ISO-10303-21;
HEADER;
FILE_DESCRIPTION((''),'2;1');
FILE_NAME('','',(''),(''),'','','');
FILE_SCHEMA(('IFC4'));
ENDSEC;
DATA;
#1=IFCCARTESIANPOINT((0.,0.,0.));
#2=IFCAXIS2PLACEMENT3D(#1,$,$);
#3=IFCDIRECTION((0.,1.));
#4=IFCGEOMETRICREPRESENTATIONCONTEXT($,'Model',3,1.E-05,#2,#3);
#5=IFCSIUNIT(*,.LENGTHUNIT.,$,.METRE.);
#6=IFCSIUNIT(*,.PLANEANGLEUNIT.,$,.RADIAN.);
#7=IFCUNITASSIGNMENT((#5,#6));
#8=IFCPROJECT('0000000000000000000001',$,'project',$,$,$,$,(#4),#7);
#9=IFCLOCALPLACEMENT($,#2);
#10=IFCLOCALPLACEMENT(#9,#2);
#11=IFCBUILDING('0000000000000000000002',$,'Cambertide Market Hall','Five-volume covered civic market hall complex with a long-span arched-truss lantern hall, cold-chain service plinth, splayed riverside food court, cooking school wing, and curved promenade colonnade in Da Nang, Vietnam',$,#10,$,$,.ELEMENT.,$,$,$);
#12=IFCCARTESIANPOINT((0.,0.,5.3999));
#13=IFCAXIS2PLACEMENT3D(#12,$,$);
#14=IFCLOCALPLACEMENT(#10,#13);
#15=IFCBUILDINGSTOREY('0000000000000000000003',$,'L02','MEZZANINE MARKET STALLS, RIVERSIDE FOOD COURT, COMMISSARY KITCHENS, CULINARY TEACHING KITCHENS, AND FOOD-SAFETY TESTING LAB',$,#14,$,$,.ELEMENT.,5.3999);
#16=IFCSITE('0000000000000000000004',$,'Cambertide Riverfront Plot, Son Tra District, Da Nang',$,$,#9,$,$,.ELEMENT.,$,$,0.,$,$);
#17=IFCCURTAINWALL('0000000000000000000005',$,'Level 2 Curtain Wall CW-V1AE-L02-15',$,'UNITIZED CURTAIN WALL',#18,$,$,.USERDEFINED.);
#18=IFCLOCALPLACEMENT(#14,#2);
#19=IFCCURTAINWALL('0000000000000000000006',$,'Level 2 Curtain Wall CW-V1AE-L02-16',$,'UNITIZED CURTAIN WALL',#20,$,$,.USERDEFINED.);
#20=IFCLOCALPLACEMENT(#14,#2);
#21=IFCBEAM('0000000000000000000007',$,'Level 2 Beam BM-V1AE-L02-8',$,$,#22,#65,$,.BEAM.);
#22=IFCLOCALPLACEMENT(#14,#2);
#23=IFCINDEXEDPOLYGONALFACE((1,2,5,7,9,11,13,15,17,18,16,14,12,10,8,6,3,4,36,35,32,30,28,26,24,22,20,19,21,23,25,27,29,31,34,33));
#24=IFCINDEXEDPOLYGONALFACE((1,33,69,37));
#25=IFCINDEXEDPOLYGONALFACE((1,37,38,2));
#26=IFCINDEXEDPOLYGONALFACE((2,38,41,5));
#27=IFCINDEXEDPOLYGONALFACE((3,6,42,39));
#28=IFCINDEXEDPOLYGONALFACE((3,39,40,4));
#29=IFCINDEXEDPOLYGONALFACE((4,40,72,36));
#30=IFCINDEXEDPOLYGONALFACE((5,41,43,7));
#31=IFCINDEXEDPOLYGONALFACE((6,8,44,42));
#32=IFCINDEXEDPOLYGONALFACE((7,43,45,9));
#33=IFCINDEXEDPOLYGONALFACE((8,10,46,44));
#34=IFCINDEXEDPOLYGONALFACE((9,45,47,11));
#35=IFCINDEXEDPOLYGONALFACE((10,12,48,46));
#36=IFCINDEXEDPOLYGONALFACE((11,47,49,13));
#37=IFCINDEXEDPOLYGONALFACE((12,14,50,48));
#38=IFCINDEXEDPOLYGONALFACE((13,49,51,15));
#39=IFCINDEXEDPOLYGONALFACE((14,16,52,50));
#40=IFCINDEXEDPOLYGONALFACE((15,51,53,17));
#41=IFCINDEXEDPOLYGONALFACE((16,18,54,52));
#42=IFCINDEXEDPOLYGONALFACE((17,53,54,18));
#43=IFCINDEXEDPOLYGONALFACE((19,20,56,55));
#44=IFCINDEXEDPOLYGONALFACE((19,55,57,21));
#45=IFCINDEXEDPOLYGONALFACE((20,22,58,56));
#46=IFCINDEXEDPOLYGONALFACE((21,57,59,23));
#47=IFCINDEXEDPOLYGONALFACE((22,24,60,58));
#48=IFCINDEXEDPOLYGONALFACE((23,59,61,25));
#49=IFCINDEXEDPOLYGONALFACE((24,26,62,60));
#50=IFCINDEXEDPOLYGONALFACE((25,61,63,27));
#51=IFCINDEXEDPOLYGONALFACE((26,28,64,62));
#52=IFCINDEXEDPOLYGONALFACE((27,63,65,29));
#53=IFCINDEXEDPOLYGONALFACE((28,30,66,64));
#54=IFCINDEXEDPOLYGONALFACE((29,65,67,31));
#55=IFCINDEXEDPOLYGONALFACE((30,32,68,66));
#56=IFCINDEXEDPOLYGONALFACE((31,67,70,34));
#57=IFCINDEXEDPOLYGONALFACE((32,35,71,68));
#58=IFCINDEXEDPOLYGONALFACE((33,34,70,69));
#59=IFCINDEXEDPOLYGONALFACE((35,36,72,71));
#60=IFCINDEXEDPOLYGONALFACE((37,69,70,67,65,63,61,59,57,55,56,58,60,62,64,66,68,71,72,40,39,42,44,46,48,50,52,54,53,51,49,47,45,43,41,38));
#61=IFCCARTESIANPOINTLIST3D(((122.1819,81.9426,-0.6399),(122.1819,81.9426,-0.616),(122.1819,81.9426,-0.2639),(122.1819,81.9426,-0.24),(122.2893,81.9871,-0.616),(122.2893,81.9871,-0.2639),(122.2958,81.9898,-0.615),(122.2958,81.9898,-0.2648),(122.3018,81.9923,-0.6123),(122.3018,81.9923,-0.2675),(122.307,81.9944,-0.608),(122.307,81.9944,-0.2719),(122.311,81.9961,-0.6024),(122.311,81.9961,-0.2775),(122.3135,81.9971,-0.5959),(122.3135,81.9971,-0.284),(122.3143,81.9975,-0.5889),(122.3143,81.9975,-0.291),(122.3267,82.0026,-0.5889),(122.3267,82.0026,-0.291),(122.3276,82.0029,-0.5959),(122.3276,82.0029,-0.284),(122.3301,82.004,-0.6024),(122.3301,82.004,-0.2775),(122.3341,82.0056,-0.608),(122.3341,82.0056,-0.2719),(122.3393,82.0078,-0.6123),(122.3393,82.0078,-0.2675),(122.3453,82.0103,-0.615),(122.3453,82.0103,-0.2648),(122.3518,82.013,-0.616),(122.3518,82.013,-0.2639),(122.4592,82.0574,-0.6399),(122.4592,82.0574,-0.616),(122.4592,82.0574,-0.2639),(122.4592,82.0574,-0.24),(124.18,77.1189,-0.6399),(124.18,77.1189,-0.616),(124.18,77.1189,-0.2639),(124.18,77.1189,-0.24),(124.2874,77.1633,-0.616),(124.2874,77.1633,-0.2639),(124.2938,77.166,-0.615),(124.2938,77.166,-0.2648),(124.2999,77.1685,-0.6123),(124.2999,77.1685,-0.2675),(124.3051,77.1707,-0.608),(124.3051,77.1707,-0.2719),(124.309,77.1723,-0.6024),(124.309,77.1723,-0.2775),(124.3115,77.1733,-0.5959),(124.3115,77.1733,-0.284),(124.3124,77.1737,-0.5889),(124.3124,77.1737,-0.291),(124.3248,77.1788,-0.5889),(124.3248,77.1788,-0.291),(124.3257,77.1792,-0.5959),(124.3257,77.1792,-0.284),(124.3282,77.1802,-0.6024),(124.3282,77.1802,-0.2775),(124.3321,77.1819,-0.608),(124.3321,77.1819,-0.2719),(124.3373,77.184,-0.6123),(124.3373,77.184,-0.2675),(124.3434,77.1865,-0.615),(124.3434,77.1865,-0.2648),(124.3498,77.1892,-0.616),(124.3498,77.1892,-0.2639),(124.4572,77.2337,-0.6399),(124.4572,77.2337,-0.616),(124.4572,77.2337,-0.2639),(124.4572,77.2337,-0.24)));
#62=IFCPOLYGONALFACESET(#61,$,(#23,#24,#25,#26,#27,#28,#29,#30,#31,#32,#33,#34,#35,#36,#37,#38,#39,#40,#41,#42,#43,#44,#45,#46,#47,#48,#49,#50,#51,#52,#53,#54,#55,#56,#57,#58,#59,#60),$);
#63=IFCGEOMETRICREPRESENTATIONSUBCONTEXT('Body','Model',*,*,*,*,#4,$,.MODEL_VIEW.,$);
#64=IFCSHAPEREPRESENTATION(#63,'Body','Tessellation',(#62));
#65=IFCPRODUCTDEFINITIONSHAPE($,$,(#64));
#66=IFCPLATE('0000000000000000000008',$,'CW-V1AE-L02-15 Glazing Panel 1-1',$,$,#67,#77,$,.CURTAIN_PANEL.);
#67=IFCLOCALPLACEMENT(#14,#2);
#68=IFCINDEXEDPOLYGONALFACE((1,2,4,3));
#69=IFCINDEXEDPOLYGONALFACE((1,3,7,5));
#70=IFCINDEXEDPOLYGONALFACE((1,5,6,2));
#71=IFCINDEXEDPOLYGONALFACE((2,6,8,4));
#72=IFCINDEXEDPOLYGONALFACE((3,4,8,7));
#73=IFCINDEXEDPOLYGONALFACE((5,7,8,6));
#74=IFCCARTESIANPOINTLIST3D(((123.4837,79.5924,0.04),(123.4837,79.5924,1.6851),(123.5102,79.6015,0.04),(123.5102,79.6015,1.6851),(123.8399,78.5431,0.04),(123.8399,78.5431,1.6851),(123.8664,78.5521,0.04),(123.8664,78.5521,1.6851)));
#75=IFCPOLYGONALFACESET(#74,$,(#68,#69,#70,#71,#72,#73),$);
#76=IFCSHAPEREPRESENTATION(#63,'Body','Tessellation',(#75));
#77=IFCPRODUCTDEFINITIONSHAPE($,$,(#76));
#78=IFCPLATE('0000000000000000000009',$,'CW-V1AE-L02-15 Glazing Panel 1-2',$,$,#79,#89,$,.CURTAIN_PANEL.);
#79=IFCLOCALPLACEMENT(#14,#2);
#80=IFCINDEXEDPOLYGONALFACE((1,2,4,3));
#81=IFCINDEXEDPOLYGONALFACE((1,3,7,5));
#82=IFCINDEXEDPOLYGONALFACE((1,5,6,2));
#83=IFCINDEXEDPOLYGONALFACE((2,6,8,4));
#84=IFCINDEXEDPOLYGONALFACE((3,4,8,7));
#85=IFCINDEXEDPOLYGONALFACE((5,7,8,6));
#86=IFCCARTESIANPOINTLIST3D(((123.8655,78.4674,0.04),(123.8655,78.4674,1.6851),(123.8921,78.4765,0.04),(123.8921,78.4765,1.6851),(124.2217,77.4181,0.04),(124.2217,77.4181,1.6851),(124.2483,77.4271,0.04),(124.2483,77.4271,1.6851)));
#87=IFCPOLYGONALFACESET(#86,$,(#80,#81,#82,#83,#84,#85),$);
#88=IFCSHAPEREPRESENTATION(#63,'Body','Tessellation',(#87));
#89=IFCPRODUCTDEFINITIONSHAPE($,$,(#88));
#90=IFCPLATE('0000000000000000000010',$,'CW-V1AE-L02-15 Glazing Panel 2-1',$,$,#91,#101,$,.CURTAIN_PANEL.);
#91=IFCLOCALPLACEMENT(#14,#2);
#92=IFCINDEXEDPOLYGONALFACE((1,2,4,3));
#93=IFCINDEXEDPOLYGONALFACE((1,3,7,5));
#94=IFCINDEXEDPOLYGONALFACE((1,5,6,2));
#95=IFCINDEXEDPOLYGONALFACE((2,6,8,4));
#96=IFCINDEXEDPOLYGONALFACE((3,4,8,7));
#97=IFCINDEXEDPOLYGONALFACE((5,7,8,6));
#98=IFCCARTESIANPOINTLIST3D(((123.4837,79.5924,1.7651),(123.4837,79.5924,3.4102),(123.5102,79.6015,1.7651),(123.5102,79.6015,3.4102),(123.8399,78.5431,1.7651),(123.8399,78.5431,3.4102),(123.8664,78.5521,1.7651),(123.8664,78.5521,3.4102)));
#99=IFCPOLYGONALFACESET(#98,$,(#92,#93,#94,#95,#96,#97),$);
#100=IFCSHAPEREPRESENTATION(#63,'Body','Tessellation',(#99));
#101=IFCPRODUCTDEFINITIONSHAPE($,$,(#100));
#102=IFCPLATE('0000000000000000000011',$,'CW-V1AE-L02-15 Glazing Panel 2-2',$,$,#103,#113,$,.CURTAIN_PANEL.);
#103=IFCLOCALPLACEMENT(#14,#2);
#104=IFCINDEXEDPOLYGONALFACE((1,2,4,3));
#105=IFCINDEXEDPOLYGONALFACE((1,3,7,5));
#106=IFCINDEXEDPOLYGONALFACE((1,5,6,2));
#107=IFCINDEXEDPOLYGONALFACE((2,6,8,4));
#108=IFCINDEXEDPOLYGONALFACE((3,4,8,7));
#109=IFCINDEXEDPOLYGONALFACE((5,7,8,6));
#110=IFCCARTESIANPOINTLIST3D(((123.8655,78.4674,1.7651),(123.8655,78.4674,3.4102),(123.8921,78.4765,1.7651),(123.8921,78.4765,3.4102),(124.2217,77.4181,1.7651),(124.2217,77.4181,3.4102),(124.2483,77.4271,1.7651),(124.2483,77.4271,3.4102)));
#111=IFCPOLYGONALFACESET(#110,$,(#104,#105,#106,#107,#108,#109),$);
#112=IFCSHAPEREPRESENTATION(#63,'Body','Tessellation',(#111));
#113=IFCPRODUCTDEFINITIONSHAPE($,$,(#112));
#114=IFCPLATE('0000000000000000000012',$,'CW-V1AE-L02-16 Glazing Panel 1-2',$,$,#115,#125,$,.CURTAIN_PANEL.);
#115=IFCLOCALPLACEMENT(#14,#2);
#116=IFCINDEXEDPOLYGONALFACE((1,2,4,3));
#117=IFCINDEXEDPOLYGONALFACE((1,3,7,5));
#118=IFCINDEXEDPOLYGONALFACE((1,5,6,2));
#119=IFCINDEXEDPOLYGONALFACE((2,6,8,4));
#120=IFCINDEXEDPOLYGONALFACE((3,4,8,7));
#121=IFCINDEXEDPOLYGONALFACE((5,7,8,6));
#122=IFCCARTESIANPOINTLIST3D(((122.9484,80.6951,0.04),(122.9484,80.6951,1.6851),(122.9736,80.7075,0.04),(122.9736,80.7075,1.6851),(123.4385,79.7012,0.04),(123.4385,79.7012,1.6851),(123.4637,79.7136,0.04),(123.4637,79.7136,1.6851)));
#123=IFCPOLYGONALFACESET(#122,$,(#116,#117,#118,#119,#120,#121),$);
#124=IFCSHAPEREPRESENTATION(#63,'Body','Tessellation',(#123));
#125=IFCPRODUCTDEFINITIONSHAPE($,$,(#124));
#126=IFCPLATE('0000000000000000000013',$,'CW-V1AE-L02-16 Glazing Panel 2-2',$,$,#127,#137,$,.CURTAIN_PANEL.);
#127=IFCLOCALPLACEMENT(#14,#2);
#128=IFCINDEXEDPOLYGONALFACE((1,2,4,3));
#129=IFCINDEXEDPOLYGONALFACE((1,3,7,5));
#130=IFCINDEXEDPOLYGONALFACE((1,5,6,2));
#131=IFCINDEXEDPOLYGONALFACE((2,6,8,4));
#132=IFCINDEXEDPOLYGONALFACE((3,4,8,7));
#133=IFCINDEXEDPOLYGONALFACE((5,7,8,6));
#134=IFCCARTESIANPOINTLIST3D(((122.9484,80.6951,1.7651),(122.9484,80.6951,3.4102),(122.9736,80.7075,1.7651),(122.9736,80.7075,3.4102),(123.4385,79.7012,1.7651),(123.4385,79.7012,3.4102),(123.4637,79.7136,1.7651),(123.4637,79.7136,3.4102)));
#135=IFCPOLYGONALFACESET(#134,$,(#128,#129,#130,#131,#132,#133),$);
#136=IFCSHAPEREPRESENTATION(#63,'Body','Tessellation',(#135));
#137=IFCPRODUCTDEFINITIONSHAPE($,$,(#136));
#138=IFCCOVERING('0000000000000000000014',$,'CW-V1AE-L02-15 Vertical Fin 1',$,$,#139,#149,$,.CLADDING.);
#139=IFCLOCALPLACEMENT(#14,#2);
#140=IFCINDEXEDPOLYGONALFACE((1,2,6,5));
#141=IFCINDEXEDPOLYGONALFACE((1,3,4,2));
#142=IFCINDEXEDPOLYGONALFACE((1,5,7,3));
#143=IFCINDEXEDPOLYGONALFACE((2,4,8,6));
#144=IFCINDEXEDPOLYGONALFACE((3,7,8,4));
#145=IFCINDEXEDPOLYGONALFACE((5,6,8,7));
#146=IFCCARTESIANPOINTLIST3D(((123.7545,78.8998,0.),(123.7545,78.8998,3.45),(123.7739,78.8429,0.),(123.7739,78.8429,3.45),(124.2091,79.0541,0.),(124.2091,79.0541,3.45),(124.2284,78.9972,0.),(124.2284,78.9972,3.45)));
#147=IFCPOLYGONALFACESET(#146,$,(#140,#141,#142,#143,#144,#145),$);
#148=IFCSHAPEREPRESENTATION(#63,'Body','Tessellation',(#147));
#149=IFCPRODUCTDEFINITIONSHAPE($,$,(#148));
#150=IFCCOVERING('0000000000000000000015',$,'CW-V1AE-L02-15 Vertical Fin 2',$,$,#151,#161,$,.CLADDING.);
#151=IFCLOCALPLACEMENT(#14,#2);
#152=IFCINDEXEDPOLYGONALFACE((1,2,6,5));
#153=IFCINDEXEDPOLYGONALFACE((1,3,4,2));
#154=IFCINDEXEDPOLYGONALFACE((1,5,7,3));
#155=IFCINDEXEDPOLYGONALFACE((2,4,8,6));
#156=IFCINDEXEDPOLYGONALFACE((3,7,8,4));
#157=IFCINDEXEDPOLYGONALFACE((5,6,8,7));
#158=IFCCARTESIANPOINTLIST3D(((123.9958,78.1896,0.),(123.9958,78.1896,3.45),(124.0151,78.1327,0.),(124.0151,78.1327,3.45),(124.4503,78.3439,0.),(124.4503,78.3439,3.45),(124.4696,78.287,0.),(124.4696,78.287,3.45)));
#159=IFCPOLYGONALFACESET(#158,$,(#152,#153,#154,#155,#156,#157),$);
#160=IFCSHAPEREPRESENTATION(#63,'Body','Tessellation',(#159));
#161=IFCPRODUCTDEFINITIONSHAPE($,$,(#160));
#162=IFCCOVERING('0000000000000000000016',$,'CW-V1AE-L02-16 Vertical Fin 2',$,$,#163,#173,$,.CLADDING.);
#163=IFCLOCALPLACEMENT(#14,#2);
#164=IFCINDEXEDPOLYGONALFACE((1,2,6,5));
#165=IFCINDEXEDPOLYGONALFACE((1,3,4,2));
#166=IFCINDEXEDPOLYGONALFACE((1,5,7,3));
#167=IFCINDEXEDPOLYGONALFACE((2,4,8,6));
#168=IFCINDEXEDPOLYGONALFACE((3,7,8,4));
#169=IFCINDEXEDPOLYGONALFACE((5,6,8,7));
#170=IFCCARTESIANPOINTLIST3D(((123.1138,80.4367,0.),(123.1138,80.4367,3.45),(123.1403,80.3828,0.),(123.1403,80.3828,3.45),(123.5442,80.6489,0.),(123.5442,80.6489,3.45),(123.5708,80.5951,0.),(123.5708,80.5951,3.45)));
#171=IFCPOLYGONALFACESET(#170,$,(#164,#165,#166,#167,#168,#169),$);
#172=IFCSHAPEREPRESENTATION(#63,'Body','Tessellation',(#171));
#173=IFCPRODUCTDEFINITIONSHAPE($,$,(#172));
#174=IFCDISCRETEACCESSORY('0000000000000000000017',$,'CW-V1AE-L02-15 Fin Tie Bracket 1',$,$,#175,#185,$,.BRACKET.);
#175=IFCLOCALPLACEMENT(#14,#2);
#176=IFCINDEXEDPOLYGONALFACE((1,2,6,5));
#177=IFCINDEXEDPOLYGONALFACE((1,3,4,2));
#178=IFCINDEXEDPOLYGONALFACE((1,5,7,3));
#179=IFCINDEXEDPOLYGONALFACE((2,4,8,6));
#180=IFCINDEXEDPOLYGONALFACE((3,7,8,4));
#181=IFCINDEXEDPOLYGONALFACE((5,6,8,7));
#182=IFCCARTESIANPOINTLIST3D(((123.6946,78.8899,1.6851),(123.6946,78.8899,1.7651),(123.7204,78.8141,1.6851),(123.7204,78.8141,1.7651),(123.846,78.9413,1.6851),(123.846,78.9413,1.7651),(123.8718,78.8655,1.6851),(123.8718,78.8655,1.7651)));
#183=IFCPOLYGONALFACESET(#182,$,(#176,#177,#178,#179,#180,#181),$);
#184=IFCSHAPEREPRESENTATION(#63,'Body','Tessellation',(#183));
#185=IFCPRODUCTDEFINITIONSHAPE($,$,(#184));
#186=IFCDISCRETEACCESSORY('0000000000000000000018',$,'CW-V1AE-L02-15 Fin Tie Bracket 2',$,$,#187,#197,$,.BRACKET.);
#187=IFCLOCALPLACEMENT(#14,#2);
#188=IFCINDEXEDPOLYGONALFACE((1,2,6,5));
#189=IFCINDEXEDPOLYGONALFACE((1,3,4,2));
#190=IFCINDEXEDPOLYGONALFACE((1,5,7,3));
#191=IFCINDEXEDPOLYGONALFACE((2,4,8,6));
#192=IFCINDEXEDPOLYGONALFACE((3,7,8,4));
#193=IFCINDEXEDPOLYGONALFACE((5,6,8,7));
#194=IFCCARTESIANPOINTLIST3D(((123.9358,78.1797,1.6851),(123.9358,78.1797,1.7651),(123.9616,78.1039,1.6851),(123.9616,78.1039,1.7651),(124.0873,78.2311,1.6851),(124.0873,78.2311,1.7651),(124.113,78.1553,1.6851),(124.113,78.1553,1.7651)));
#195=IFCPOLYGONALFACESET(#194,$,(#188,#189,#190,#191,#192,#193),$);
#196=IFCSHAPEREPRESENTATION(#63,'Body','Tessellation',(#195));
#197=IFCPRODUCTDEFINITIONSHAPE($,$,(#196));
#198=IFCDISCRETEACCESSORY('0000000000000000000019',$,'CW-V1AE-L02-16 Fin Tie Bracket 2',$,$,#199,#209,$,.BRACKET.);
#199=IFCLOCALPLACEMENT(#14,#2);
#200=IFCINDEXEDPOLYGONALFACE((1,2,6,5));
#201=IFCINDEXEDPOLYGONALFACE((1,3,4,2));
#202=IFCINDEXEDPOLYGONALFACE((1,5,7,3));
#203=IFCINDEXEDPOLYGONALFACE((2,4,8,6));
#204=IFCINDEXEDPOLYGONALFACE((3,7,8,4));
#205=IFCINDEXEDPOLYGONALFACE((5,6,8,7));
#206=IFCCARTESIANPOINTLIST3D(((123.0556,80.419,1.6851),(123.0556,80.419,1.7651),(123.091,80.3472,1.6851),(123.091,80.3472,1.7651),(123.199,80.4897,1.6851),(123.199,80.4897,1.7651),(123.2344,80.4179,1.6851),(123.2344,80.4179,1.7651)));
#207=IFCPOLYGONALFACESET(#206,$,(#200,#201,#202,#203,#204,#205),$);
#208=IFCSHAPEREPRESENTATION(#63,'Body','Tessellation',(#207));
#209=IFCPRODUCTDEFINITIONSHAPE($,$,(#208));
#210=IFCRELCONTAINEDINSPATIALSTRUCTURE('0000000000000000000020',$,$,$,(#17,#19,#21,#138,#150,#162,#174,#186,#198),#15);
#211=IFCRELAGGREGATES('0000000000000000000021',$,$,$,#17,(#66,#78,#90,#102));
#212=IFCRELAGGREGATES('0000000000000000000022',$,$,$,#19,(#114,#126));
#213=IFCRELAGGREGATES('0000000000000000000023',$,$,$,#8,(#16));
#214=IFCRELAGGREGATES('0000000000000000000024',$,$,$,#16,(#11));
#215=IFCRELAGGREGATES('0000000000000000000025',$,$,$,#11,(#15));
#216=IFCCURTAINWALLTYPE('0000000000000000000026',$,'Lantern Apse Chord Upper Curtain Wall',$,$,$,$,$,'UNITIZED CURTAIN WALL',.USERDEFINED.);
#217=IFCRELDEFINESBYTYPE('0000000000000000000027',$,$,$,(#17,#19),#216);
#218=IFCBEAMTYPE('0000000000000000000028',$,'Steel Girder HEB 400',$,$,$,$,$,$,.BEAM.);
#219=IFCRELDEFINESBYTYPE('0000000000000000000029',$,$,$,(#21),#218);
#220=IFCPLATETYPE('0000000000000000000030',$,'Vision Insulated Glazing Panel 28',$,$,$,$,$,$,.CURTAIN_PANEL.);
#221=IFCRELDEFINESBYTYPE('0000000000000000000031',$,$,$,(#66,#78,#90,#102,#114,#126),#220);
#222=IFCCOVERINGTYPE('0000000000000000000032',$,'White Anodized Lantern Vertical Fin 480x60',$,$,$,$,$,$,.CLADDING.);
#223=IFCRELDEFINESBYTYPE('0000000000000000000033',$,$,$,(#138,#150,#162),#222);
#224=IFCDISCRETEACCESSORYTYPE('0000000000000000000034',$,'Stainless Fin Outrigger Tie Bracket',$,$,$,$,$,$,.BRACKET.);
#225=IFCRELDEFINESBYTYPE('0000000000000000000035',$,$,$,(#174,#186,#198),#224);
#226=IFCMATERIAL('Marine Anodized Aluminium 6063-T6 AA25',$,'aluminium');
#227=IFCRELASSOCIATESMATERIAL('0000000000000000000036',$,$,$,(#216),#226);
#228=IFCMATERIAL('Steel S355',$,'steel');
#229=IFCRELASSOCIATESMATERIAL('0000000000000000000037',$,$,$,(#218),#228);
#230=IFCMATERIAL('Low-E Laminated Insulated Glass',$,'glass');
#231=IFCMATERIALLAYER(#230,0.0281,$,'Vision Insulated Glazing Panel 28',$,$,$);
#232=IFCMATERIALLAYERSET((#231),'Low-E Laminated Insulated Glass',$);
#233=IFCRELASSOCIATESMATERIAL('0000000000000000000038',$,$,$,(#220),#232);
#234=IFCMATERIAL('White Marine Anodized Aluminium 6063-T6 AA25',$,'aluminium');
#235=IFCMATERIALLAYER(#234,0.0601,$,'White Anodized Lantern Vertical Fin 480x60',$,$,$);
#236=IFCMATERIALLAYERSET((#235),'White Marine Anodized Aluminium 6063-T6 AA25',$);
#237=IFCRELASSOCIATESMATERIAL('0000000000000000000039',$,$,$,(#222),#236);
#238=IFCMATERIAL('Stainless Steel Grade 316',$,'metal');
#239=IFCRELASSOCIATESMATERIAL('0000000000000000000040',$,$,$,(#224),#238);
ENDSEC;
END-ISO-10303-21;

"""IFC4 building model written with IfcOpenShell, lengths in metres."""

from ifc_helpers import new_model, si_unit, direction, frame, origin, origin_2d, place, context, subcontext, project, spatial, rectangle, i_section, extrude, material, layer, layer_set, material_profile, profile_set, type_object, element, aggregate, save


model = new_model("IFC4")

# Units and contexts
model_context = context("Model", 3, precision=1e-05, world=origin(), true_north=direction((0.0, 1.0)))
body_context = subcontext(model_context, "Body", "Model", "MODEL_VIEW")
ifc_project = project(units=[si_unit("LENGTHUNIT", "METRE"), si_unit("PLANEANGLEUNIT", "RADIAN")], contexts=[model_context])

# Site, building, storey
site_placement = place(None, origin())
site = spatial("IfcSite", under=ifc_project, at=site_placement, Name="Cambertide Riverfront Plot, Son Tra District, Da Nang", CompositionType="ELEMENT", RefElevation=0.0)
building_placement = place(site_placement, origin())
building = spatial("IfcBuilding", under=site, at=building_placement, Name="Cambertide Market Hall", Description="Five-volume covered civic market hall complex with a long-span arched-truss lantern hall, cold-chain service plinth, splayed riverside food court, cooking school wing, and curved promenade colonnade in Da Nang, Vietnam", CompositionType="ELEMENT")
storey_placement = place(building_placement, frame((0.0, 0.0, 5.3999)))
storey = spatial("IfcBuildingStorey", under=building, at=storey_placement, Name="L02", Description="MEZZANINE MARKET STALLS, RIVERSIDE FOOD COURT, COMMISSARY KITCHENS, CULINARY TEACHING KITCHENS, AND FOOD-SAFETY TESTING LAB", CompositionType="ELEMENT", Elevation=5.3999)

# Shared definitions
ifc_material_1 = material(Name="Marine Anodized Aluminium 6063-T6 AA25", Category="aluminium")
curtain_wall_type = type_object("IfcCurtainWallType", Name="Lantern Apse Chord Upper Curtain Wall", ElementType="UNITIZED CURTAIN WALL", PredefinedType="USERDEFINED", material=ifc_material_1)

# Curtain wall
curtain_wall_1_placement = place(storey_placement, origin())
curtain_wall_1 = element("IfcCurtainWall", 1, at=curtain_wall_1_placement, inside=storey, type_object=curtain_wall_type, Name="Level 2 Curtain Wall CW-V1AE-L02-15", ObjectType="UNITIZED CURTAIN WALL", PredefinedType="USERDEFINED")

# Curtain wall
curtain_wall_2_placement = place(storey_placement, origin())
curtain_wall_2 = element("IfcCurtainWall", 2, at=curtain_wall_2_placement, inside=storey, type_object=curtain_wall_type, Name="Level 2 Curtain Wall CW-V1AE-L02-16", ObjectType="UNITIZED CURTAIN WALL", PredefinedType="USERDEFINED")

# Beam
ifc_material_2 = material(Name="Steel S355", Category="steel")
ifc_material_profile_1 = material_profile(ifc_material_2, i_section(OverallWidth=0.3, OverallDepth=0.3999, WebThickness=0.0134, FlangeThickness=0.0239, FilletRadius=0.0271, at=origin_2d()), Name="HEB 400")
ifc_profile_set_1 = profile_set([ifc_material_profile_1], Name="Steel S355")
beam_type_1 = type_object("IfcBeamType", Name="Steel Girder HEB 400", PredefinedType="BEAM", material=ifc_profile_set_1)
beam_1_placement = place(storey_placement, frame((124.3186, 77.1763, -0.4399), z_axis=(-0.382682, 0.92388, 0.0), x_axis=(-0.92388, -0.382682, 0.0)))
element("IfcBeam", 3, at=beam_1_placement, inside=storey, type_object=beam_type_1, Name="Level 2 Beam BM-V1AE-L02-8", PredefinedType="BEAM", context=body_context, shape_type="SweptSolid", body=[
    extrude(i_section(OverallWidth=0.3, OverallDepth=0.3999, WebThickness=0.0134, FlangeThickness=0.0239, FilletRadius=0.0271, at=origin_2d()), origin(), (0.0, 0.0, 1.0), 5.2212),
])

# Plates
ifc_material_3 = material(Name="Low-E Laminated Insulated Glass", Category="glass")
ifc_layer_1 = layer(ifc_material_3, 0.0281, Name="Vision Insulated Glazing Panel 28")
ifc_layer_set_1 = layer_set([ifc_layer_1], Name="Low-E Laminated Insulated Glass")
plate_type = type_object("IfcPlateType", Name="Vision Insulated Glazing Panel 28", PredefinedType="CURTAIN_PANEL", material=ifc_layer_set_1)
plate_1_placement = place(storey_placement, frame((123.675, 79.0723, 0.04), z_axis=(0.0, 0.0, 1.0), x_axis=(0.321439, -0.94693, 0.0)))
plate_1 = element("IfcPlate", 4, at=plate_1_placement, type_object=plate_type, Name="CW-V1AE-L02-15 Glazing Panel 1-1", PredefinedType="CURTAIN_PANEL", context=body_context, shape_type="SweptSolid", body=[
    extrude(rectangle(XDim=1.1082, YDim=0.0281, at=origin_2d()), origin(), (0.0, 0.0, 1.0), 1.645),
])
plate_2_placement = place(storey_placement, frame((124.0569, 77.9473, 0.04), z_axis=(0.0, 0.0, 1.0), x_axis=(0.321439, -0.94693, 0.0)))
plate_2 = element("IfcPlate", 5, at=plate_2_placement, type_object=plate_type, Name="CW-V1AE-L02-15 Glazing Panel 1-2", PredefinedType="CURTAIN_PANEL", context=body_context, shape_type="SweptSolid", body=[
    extrude(rectangle(XDim=1.1082, YDim=0.0281, at=origin_2d()), origin(), (0.0, 0.0, 1.0), 1.645),
])
plate_3_placement = place(storey_placement, frame((123.675, 79.0723, 1.7651), z_axis=(0.0, 0.0, 1.0), x_axis=(0.321439, -0.94693, 0.0)))
plate_3 = element("IfcPlate", 6, at=plate_3_placement, type_object=plate_type, Name="CW-V1AE-L02-15 Glazing Panel 2-1", PredefinedType="CURTAIN_PANEL", context=body_context, shape_type="SweptSolid", body=[
    extrude(rectangle(XDim=1.1082, YDim=0.0281, at=origin_2d()), origin(), (0.0, 0.0, 1.0), 1.645),
])
plate_4_placement = place(storey_placement, frame((124.0569, 77.9473, 1.7651), z_axis=(0.0, 0.0, 1.0), x_axis=(0.321439, -0.94693, 0.0)))
plate_4 = element("IfcPlate", 7, at=plate_4_placement, type_object=plate_type, Name="CW-V1AE-L02-15 Glazing Panel 2-2", PredefinedType="CURTAIN_PANEL", context=body_context, shape_type="SweptSolid", body=[
    extrude(rectangle(XDim=1.1082, YDim=0.0281, at=origin_2d()), origin(), (0.0, 0.0, 1.0), 1.645),
])
aggregate(curtain_wall_1, [plate_1, plate_2, plate_3, plate_4])
plate_5_placement = place(storey_placement, frame((123.2061, 80.2043, 0.04), z_axis=(0.0, 0.0, 1.0), x_axis=(0.442289, -0.896873, 0.0)))
plate_5 = element("IfcPlate", 8, at=plate_5_placement, type_object=plate_type, Name="CW-V1AE-L02-16 Glazing Panel 1-2", PredefinedType="CURTAIN_PANEL", context=body_context, shape_type="SweptSolid", body=[
    extrude(rectangle(XDim=1.1082, YDim=0.0281, at=origin_2d()), origin(), (0.0, 0.0, 1.0), 1.645),
])
plate_6_placement = place(storey_placement, frame((123.2061, 80.2043, 1.7651), z_axis=(0.0, 0.0, 1.0), x_axis=(0.442289, -0.896873, 0.0)))
plate_6 = element("IfcPlate", 9, at=plate_6_placement, type_object=plate_type, Name="CW-V1AE-L02-16 Glazing Panel 2-2", PredefinedType="CURTAIN_PANEL", context=body_context, shape_type="SweptSolid", body=[
    extrude(rectangle(XDim=1.1082, YDim=0.0281, at=origin_2d()), origin(), (0.0, 0.0, 1.0), 1.645),
])
aggregate(curtain_wall_2, [plate_5, plate_6])

# Coverings
ifc_material_4 = material(Name="White Marine Anodized Aluminium 6063-T6 AA25", Category="aluminium")
ifc_layer_2 = layer(ifc_material_4, 0.0601, Name="White Anodized Lantern Vertical Fin 480x60")
ifc_layer_set_2 = layer_set([ifc_layer_2], Name="White Marine Anodized Aluminium 6063-T6 AA25")
covering_type = type_object("IfcCoveringType", Name="White Anodized Lantern Vertical Fin 480x60", PredefinedType="CLADDING", material=ifc_layer_set_2)
for number, where, z_axis, x_axis, name in (
    (10, (123.9915, 78.9485, 0.0), (0.0, 0.0, 1.0), (0.321439, -0.94693, 0.0), "CW-V1AE-L02-15 Vertical Fin 1"),
    (11, (124.2327, 78.2383, 0.0), (0.0, 0.0, 1.0), (0.321439, -0.94693, 0.0), "CW-V1AE-L02-15 Vertical Fin 2"),
    (12, (123.3423, 80.5159, 0.0), (0.0, 0.0, 1.0), (0.442289, -0.896873, 0.0), "CW-V1AE-L02-16 Vertical Fin 2"),
):
    element("IfcCovering", number, at=place(storey_placement, frame(where, z_axis=z_axis, x_axis=x_axis)), inside=storey, type_object=covering_type, Name=name, PredefinedType="CLADDING", context=body_context, shape_type="SweptSolid", body=[
        extrude(rectangle(XDim=0.0601, YDim=0.48, at=origin_2d()), origin(), (0.0, 0.0, 1.0), 3.45),
    ])

# Discrete accessories
ifc_material_5 = material(Name="Stainless Steel Grade 316", Category="metal")
discrete_accessory_type = type_object("IfcDiscreteAccessoryType", Name="Stainless Fin Outrigger Tie Bracket", PredefinedType="BRACKET", material=ifc_material_5)
for number, where, z_axis, x_axis, name in (
    (13, (123.7832, 78.8777, 1.6851), (0.0, 0.0, 1.0), (0.321439, -0.94693, 0.0), "CW-V1AE-L02-15 Fin Tie Bracket 1"),
    (14, (124.0244, 78.1675, 1.6851), (0.0, 0.0, 1.0), (0.321439, -0.94693, 0.0), "CW-V1AE-L02-15 Fin Tie Bracket 2"),
    (15, (123.145, 80.4185, 1.6851), (0.0, 0.0, 1.0), (0.442289, -0.896873, 0.0), "CW-V1AE-L02-16 Fin Tie Bracket 2"),
):
    element("IfcDiscreteAccessory", number, at=place(storey_placement, frame(where, z_axis=z_axis, x_axis=x_axis)), inside=storey, type_object=discrete_accessory_type, Name=name, PredefinedType="BRACKET", context=body_context, shape_type="SweptSolid", body=[
        extrude(rectangle(XDim=0.0801, YDim=0.1599, at=origin_2d()), origin(), (0.0, 0.0, 1.0), 0.0801),
    ])

save(model, "model.ifc")
